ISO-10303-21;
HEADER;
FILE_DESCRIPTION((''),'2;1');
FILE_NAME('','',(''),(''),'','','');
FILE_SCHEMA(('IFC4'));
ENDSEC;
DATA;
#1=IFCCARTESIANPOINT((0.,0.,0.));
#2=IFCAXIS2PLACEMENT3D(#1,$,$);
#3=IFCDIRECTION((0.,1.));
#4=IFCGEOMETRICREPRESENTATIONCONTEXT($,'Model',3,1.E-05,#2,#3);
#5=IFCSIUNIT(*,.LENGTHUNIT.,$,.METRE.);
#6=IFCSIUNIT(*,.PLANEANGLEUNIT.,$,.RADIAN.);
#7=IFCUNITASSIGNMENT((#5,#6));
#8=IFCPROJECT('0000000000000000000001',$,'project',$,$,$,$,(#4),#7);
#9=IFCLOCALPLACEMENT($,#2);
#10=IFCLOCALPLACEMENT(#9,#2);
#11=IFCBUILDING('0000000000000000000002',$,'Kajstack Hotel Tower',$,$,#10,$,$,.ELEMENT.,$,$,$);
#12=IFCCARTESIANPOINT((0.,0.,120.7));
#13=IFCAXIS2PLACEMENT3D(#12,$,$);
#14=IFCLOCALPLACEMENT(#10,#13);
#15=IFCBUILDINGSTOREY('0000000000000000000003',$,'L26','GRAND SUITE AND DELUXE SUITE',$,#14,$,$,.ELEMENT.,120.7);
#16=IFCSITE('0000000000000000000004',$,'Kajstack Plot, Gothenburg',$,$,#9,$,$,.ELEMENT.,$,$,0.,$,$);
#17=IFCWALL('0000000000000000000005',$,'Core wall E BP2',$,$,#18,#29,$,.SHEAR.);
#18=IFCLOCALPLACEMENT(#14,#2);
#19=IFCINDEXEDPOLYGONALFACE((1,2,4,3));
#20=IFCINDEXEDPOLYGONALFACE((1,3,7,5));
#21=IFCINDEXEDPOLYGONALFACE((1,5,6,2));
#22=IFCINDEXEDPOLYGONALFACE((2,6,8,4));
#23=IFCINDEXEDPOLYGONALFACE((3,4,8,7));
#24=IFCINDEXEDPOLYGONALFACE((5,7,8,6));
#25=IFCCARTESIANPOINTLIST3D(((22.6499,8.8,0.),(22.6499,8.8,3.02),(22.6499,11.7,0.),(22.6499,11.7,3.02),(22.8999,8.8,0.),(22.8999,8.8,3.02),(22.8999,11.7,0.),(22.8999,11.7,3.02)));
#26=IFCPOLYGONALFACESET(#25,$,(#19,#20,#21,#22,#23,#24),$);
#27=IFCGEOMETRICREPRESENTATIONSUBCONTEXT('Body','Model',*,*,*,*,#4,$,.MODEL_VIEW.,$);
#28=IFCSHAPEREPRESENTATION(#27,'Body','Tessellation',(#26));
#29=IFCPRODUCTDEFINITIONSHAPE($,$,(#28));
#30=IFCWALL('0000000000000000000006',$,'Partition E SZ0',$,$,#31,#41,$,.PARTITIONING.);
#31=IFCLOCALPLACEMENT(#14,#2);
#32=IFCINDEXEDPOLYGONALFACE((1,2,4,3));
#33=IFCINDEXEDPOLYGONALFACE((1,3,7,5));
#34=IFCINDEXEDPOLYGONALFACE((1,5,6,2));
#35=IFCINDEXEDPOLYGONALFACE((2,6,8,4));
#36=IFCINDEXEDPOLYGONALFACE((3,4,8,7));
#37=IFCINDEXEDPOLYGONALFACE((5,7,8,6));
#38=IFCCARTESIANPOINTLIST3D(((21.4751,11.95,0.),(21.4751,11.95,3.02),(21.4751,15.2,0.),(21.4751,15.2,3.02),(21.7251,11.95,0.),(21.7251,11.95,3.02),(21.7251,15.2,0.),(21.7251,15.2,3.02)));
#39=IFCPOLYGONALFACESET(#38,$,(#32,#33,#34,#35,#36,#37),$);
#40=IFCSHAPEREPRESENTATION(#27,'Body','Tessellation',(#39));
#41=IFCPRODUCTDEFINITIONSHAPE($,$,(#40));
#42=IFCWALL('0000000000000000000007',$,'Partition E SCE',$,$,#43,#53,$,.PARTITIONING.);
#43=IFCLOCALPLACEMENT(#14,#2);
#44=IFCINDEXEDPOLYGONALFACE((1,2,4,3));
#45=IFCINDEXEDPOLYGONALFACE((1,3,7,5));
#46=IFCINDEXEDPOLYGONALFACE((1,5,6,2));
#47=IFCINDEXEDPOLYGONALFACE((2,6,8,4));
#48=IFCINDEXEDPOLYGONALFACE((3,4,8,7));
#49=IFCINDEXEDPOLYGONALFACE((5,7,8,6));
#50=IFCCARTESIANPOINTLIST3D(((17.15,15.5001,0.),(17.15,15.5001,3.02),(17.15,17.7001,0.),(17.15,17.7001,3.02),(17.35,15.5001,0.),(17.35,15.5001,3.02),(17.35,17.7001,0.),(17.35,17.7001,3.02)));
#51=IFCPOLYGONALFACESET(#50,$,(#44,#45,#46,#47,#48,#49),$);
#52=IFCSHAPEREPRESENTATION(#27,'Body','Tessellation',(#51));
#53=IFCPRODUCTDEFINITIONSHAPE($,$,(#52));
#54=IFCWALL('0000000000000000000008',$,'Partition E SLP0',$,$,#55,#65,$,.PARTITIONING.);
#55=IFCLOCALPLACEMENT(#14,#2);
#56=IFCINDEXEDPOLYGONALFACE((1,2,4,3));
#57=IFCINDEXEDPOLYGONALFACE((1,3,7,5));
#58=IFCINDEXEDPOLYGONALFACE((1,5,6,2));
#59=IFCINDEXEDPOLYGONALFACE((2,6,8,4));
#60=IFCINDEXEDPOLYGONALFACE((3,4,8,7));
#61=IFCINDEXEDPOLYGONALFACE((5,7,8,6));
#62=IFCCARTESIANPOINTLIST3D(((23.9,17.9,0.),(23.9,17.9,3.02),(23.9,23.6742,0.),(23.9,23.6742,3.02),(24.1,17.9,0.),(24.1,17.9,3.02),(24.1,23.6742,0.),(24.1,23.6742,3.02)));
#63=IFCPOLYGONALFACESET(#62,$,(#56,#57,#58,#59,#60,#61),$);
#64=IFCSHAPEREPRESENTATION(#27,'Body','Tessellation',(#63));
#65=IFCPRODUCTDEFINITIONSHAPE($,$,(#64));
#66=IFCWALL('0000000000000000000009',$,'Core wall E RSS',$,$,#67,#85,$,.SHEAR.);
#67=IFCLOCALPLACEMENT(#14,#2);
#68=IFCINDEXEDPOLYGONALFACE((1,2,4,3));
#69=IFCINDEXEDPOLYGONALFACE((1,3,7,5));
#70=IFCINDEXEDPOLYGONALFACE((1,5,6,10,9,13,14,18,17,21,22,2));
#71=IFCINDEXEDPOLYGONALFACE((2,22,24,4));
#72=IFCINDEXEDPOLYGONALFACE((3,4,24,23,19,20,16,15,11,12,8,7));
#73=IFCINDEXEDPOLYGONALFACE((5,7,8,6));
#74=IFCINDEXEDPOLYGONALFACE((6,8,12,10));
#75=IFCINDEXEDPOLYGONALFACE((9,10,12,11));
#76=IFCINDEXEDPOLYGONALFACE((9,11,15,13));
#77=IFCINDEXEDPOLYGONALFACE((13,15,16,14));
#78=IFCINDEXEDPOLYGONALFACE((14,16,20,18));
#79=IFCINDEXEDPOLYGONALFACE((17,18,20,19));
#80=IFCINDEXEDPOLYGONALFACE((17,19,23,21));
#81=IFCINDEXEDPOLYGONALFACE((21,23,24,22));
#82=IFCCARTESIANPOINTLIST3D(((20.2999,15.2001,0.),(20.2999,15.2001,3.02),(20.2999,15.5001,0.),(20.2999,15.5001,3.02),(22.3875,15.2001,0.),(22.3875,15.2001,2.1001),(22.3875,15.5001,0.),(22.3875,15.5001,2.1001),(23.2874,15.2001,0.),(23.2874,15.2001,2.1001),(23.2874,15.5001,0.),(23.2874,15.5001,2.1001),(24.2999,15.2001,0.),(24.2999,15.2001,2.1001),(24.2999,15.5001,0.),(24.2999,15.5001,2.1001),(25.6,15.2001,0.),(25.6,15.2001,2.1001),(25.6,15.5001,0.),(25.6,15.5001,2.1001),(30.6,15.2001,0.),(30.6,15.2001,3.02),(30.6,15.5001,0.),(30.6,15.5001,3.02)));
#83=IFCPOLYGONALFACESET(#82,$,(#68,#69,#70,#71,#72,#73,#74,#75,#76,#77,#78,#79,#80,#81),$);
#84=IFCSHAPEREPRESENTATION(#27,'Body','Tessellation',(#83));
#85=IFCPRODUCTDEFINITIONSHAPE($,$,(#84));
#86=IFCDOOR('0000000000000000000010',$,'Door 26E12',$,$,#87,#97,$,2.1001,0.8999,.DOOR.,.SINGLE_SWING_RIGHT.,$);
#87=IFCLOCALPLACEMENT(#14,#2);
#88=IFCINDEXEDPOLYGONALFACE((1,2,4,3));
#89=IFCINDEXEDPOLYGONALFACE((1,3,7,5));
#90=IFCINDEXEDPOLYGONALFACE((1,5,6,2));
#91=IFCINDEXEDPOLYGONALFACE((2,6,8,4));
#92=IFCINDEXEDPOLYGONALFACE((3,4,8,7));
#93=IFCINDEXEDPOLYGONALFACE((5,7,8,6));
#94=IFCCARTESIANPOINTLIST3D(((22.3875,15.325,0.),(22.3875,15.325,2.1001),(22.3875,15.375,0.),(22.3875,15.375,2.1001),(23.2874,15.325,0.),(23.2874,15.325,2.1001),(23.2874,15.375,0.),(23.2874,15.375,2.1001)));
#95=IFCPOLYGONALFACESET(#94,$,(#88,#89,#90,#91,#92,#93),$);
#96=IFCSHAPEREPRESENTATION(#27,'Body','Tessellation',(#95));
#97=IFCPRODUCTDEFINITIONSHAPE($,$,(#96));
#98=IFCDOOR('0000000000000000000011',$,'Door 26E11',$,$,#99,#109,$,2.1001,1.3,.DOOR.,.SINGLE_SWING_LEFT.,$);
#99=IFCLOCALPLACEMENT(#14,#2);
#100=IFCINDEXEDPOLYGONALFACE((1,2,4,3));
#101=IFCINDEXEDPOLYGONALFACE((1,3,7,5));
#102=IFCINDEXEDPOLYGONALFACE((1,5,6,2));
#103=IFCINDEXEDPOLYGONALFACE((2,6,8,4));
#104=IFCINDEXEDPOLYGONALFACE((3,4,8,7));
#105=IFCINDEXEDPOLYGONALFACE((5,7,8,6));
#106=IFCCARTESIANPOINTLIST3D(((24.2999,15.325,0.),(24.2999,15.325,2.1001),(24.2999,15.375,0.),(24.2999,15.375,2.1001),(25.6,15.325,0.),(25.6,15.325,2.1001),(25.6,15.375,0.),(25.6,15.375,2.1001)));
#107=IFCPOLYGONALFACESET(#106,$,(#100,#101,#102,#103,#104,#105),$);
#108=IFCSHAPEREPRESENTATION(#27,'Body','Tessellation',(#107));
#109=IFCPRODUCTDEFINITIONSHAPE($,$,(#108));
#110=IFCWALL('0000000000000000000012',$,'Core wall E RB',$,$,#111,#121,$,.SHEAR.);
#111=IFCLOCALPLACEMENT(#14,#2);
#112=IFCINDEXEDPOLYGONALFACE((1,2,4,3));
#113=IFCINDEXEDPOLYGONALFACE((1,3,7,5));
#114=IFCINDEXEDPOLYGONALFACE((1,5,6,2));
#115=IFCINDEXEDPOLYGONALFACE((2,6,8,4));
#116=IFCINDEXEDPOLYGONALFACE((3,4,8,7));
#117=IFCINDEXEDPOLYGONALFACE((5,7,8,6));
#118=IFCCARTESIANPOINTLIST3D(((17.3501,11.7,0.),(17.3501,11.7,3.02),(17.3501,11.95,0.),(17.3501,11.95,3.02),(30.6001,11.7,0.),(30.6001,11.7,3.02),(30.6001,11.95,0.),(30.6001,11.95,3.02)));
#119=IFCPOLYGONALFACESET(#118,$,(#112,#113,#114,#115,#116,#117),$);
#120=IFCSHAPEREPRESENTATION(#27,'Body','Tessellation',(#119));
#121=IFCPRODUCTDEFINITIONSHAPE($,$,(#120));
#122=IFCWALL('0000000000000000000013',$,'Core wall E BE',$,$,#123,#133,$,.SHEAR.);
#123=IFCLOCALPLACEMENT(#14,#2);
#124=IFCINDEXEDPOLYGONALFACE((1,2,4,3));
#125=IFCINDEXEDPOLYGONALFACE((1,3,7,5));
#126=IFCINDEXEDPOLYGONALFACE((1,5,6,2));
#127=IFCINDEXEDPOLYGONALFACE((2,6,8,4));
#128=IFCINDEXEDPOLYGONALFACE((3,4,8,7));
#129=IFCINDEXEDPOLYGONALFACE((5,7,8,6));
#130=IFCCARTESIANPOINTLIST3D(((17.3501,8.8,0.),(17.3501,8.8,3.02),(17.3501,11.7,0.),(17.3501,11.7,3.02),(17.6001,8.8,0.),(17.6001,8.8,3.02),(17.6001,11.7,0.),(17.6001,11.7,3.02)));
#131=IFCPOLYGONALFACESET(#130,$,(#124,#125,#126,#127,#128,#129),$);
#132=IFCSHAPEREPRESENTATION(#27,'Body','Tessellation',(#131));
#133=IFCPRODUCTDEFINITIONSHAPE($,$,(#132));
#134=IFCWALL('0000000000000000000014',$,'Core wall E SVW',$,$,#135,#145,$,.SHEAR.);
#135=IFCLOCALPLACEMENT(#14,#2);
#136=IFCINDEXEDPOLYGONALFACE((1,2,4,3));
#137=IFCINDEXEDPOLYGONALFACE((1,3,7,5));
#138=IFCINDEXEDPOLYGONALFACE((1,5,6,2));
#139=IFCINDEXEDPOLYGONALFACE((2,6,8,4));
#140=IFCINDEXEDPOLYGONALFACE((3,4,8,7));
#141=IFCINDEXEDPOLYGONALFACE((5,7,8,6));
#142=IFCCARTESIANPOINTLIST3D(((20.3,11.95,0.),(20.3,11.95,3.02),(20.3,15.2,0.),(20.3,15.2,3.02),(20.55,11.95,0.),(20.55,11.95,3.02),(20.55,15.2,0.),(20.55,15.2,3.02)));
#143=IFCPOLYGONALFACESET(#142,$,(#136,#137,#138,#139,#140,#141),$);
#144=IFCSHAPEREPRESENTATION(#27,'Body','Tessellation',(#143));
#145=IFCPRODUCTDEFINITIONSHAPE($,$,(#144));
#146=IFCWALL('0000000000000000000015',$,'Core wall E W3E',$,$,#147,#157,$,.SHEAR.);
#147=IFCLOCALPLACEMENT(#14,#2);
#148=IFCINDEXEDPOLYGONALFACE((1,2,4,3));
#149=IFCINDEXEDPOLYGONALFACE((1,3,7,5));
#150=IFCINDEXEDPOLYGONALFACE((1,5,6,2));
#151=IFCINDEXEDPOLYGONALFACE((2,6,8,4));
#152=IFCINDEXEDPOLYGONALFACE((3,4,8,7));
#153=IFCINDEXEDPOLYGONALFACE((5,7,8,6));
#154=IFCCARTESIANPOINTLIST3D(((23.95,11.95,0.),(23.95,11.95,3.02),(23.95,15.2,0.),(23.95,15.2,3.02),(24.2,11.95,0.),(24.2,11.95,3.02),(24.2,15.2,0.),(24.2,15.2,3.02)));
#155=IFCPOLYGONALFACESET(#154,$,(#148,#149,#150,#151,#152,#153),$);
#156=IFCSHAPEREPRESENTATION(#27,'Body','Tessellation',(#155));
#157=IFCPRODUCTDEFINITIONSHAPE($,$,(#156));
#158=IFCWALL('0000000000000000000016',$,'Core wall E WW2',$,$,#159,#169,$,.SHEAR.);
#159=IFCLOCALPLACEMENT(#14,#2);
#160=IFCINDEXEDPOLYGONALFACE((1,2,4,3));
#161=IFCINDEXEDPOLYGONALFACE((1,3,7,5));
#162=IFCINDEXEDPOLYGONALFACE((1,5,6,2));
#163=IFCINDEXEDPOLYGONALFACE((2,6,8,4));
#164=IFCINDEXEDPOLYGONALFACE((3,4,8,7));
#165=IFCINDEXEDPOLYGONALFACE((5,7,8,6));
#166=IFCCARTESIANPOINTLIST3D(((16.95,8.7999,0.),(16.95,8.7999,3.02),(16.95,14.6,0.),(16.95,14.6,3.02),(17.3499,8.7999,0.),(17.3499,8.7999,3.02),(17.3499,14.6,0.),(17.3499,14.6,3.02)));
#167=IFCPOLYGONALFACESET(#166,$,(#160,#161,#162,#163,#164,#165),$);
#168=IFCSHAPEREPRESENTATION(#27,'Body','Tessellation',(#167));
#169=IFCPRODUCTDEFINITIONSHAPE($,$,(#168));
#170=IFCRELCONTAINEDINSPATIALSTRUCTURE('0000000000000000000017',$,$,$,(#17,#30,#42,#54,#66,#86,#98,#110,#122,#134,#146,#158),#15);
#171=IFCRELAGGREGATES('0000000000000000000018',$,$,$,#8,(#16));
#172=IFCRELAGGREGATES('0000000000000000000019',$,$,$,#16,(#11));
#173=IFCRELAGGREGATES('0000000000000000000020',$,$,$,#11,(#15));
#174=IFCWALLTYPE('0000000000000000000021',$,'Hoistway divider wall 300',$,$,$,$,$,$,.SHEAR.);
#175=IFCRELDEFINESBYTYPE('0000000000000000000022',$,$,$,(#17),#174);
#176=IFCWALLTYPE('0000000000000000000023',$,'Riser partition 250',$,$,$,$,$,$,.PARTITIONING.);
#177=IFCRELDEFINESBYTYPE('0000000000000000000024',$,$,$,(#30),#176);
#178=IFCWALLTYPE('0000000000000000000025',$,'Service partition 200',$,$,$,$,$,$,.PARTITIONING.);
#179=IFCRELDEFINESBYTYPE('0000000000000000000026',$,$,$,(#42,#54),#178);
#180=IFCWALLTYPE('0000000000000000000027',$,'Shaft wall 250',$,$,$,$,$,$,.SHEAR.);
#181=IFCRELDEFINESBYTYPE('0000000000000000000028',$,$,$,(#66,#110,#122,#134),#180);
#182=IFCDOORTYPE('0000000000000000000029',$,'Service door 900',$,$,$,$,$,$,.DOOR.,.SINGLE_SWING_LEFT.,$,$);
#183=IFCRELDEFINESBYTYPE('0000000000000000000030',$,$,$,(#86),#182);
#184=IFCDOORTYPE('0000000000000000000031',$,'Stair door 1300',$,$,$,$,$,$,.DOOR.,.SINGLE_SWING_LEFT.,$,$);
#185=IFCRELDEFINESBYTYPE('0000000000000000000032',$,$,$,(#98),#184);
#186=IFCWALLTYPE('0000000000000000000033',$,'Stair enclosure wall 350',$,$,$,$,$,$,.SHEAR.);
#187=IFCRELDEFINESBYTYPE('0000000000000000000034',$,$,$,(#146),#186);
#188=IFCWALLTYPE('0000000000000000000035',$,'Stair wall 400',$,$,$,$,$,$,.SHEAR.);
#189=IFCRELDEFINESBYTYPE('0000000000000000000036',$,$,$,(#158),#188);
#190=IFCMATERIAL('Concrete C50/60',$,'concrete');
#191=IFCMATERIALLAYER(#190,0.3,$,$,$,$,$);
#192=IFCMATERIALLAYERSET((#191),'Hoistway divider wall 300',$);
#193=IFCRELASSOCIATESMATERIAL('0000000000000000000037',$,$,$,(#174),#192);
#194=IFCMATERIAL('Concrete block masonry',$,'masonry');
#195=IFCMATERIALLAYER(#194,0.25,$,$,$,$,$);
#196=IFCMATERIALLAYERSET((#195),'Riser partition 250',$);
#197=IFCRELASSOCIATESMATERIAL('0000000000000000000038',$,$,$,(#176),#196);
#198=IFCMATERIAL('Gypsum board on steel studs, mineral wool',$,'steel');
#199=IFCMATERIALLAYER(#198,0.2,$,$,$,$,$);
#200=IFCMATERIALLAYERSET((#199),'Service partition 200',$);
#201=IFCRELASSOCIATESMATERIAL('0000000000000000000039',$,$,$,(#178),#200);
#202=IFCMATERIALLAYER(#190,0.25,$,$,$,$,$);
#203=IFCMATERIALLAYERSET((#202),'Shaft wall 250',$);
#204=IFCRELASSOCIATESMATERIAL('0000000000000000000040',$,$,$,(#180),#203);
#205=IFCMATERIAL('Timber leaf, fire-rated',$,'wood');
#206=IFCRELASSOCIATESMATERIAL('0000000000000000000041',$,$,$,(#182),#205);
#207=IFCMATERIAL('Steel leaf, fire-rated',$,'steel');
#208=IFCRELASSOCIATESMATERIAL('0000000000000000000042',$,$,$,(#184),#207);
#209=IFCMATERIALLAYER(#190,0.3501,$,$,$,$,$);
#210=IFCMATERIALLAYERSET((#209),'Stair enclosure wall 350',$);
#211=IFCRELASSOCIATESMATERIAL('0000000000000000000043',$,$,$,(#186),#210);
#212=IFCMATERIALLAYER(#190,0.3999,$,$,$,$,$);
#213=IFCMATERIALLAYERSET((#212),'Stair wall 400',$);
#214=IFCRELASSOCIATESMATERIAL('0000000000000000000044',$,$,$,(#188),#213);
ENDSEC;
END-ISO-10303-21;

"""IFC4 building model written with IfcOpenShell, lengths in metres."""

from ifc_helpers import new_model, si_unit, direction, frame, frame_2d, origin, place, context, subcontext, project, spatial, rectangle, extrude, material, layer, layer_set, type_object, element, fill, save


model = new_model("IFC4")

# Units and contexts
model_context = context("Model", 3, precision=1e-05, world=origin(), true_north=direction((0.0, 1.0)))
body_context = subcontext(model_context, "Body", "Model", "MODEL_VIEW")
ifc_project = project(units=[si_unit("LENGTHUNIT", "METRE"), si_unit("PLANEANGLEUNIT", "RADIAN")], contexts=[model_context])

# Site, building, storey
site_placement = place(None, origin())
site = spatial("IfcSite", under=ifc_project, at=site_placement, Name="Kajstack Plot, Gothenburg", CompositionType="ELEMENT", RefElevation=0.0)
building_placement = place(site_placement, origin())
building = spatial("IfcBuilding", under=site, at=building_placement, Name="Kajstack Hotel Tower", CompositionType="ELEMENT")
storey_placement = place(building_placement, frame((0.0, 0.0, 120.7)))
storey = spatial("IfcBuildingStorey", under=building, at=storey_placement, Name="L26", Description="GRAND SUITE AND DELUXE SUITE", CompositionType="ELEMENT", Elevation=120.7)

# Walls
ifc_material_1 = material(Name="Concrete C50/60", Category="concrete")
ifc_layer_1 = layer(ifc_material_1, 0.3)
ifc_layer_set_1 = layer_set([ifc_layer_1], Name="Hoistway divider wall 300")
wall_type_1 = type_object("IfcWallType", Name="Hoistway divider wall 300", PredefinedType="SHEAR", material=ifc_layer_set_1)
wall_1_placement = place(storey_placement, frame((22.7749, 8.8, 0.0), z_axis=(0.0, 0.0, 1.0), x_axis=(0.0, 1.0, 0.0)))
element("IfcWall", 1, at=wall_1_placement, inside=storey, type_object=wall_type_1, Name="Core wall E BP2", PredefinedType="SHEAR", context=body_context, shape_type="SweptSolid", body=[
    extrude(rectangle(XDim=2.8999, YDim=0.25, at=frame_2d((1.45, 0.0))), origin(), (0.0, 0.0, 1.0), 3.02),
])
ifc_material_2 = material(Name="Concrete block masonry", Category="masonry")
ifc_layer_2 = layer(ifc_material_2, 0.25)
ifc_layer_set_2 = layer_set([ifc_layer_2], Name="Riser partition 250")
wall_type_2 = type_object("IfcWallType", Name="Riser partition 250", PredefinedType="PARTITIONING", material=ifc_layer_set_2)
wall_2_placement = place(storey_placement, frame((21.6001, 11.95, 0.0), z_axis=(0.0, 0.0, 1.0), x_axis=(0.0, 1.0, 0.0)))
element("IfcWall", 2, at=wall_2_placement, inside=storey, type_object=wall_type_2, Name="Partition E SZ0", PredefinedType="PARTITIONING", context=body_context, shape_type="SweptSolid", body=[
    extrude(rectangle(XDim=3.25, YDim=0.25, at=frame_2d((1.625, 0.0))), origin(), (0.0, 0.0, 1.0), 3.02),
])
ifc_material_3 = material(Name="Gypsum board on steel studs, mineral wool", Category="steel")
ifc_layer_3 = layer(ifc_material_3, 0.2)
ifc_layer_set_3 = layer_set([ifc_layer_3], Name="Service partition 200")
wall_type_3 = type_object("IfcWallType", Name="Service partition 200", PredefinedType="PARTITIONING", material=ifc_layer_set_3)
wall_3_placement = place(storey_placement, frame((17.25, 15.5, 0.0), z_axis=(0.0, 0.0, 1.0), x_axis=(0.0, 1.0, 0.0)))
element("IfcWall", 3, at=wall_3_placement, inside=storey, type_object=wall_type_3, Name="Partition E SCE", PredefinedType="PARTITIONING", context=body_context, shape_type="SweptSolid", body=[
    extrude(rectangle(XDim=2.2, YDim=0.2, at=frame_2d((1.1001, 0.0))), origin(), (0.0, 0.0, 1.0), 3.02),
])
wall_4_placement = place(storey_placement, frame((24.0, 17.8999, 0.0), z_axis=(0.0, 0.0, 1.0), x_axis=(0.0, 1.0, 0.0)))
element("IfcWall", 4, at=wall_4_placement, inside=storey, type_object=wall_type_3, Name="Partition E SLP0", PredefinedType="PARTITIONING", context=body_context, shape_type="SweptSolid", body=[
    extrude(rectangle(XDim=5.7742, YDim=0.2, at=frame_2d((2.8872, 0.0))), origin(), (0.0, 0.0, 1.0), 3.02),
])

# Wall, openings, doors
ifc_layer_4 = layer(ifc_material_1, 0.25)
ifc_layer_set_4 = layer_set([ifc_layer_4], Name="Shaft wall 250")
wall_type_4 = type_object("IfcWallType", Name="Shaft wall 250", PredefinedType="SHEAR", material=ifc_layer_set_4)
wall_5_placement = place(storey_placement, frame((20.3, 15.3501, 0.0), z_axis=(0.0, 0.0, 1.0), x_axis=(1.0, 0.0, 0.0)))
wall_5 = element("IfcWall", 5, at=wall_5_placement, inside=storey, type_object=wall_type_4, Name="Core wall E RSS", PredefinedType="SHEAR", context=body_context, shape_type="SweptSolid", body=[
    extrude(rectangle(XDim=10.3, YDim=0.3, at=frame_2d((5.1499, 0.0))), origin(), (0.0, 0.0, 1.0), 3.02),
])
opening_1_placement = place(wall_5_placement, frame((4.0, 0.0, 0.0)))
opening_1 = element("IfcOpeningElement", 6, at=opening_1_placement, cuts=wall_5, PredefinedType="OPENING", context=body_context, shape_type="SweptSolid", body=[
    extrude(rectangle(XDim=1.3, YDim=2.1001, at=frame_2d((0.6499, 1.05))), frame((0.0, 0.1599, 0.0), z_axis=(0.0, -1.0, 0.0), x_axis=(1.0, 0.0, 0.0)), (0.0, 0.0, 1.0), 0.3201),
])
opening_2_placement = place(wall_5_placement, frame((2.0874, 0.0, 0.0)))
opening_2 = element("IfcOpeningElement", 7, at=opening_2_placement, cuts=wall_5, PredefinedType="OPENING", context=body_context, shape_type="SweptSolid", body=[
    extrude(rectangle(XDim=0.8999, YDim=2.1001, at=frame_2d((0.45, 1.05))), frame((0.0, 0.1599, 0.0), z_axis=(0.0, -1.0, 0.0), x_axis=(1.0, 0.0, 0.0)), (0.0, 0.0, 1.0), 0.3201),
])
ifc_material_4 = material(Name="Timber leaf, fire-rated", Category="wood")
door_type_1 = type_object("IfcDoorType", Name="Service door 900", OperationType="SINGLE_SWING_LEFT", PredefinedType="DOOR", material=ifc_material_4)
door_1_placement = place(opening_2_placement, origin())
door_1 = element("IfcDoor", 8, at=door_1_placement, inside=storey, type_object=door_type_1, Name="Door 26E12", OperationType="SINGLE_SWING_RIGHT", OverallHeight=2.1001, OverallWidth=0.8999, PredefinedType="DOOR", context=body_context, shape_type="SweptSolid", body=[
    extrude(rectangle(XDim=0.8999, YDim=2.1001, at=frame_2d((0.45, 1.05))), frame((0.0, 0.0249, 0.0), z_axis=(0.0, -1.0, 0.0), x_axis=(1.0, 0.0, 0.0)), (0.0, 0.0, 1.0), 0.05),
])
fill(opening_2, door_1)
ifc_material_5 = material(Name="Steel leaf, fire-rated", Category="steel")
door_type_2 = type_object("IfcDoorType", Name="Stair door 1300", OperationType="SINGLE_SWING_LEFT", PredefinedType="DOOR", material=ifc_material_5)
door_2_placement = place(opening_1_placement, origin())
door_2 = element("IfcDoor", 9, at=door_2_placement, inside=storey, type_object=door_type_2, Name="Door 26E11", OperationType="SINGLE_SWING_LEFT", OverallHeight=2.1001, OverallWidth=1.3, PredefinedType="DOOR", context=body_context, shape_type="SweptSolid", body=[
    extrude(rectangle(XDim=1.3, YDim=2.1001, at=frame_2d((0.6499, 1.05))), frame((0.0, 0.0249, 0.0), z_axis=(0.0, -1.0, 0.0), x_axis=(1.0, 0.0, 0.0)), (0.0, 0.0, 1.0), 0.05),
])
fill(opening_1, door_2)

# Walls
wall_6_placement = place(storey_placement, frame((17.3501, 11.825, 0.0), z_axis=(0.0, 0.0, 1.0), x_axis=(1.0, 0.0, 0.0)))
element("IfcWall", 10, at=wall_6_placement, inside=storey, type_object=wall_type_4, Name="Core wall E RB", PredefinedType="SHEAR", context=body_context, shape_type="SweptSolid", body=[
    extrude(rectangle(XDim=13.25, YDim=0.25, at=frame_2d((6.625, 0.0))), origin(), (0.0, 0.0, 1.0), 3.02),
])
wall_7_placement = place(storey_placement, frame((17.4751, 8.8, 0.0), z_axis=(0.0, 0.0, 1.0), x_axis=(0.0, 1.0, 0.0)))
element("IfcWall", 11, at=wall_7_placement, inside=storey, type_object=wall_type_4, Name="Core wall E BE", PredefinedType="SHEAR", context=body_context, shape_type="SweptSolid", body=[
    extrude(rectangle(XDim=2.8999, YDim=0.25, at=frame_2d((1.45, 0.0))), origin(), (0.0, 0.0, 1.0), 3.02),
])
wall_8_placement = place(storey_placement, frame((20.425, 11.95, 0.0), z_axis=(0.0, 0.0, 1.0), x_axis=(0.0, 1.0, 0.0)))
element("IfcWall", 12, at=wall_8_placement, inside=storey, type_object=wall_type_4, Name="Core wall E SVW", PredefinedType="SHEAR", context=body_context, shape_type="SweptSolid", body=[
    extrude(rectangle(XDim=3.25, YDim=0.25, at=frame_2d((1.625, 0.0))), origin(), (0.0, 0.0, 1.0), 3.02),
])
ifc_layer_5 = layer(ifc_material_1, 0.3501)
ifc_layer_set_5 = layer_set([ifc_layer_5], Name="Stair enclosure wall 350")
wall_type_5 = type_object("IfcWallType", Name="Stair enclosure wall 350", PredefinedType="SHEAR", material=ifc_layer_set_5)
wall_9_placement = place(storey_placement, frame((24.075, 11.95, 0.0), z_axis=(0.0, 0.0, 1.0), x_axis=(0.0, 1.0, 0.0)))
element("IfcWall", 13, at=wall_9_placement, inside=storey, type_object=wall_type_5, Name="Core wall E W3E", PredefinedType="SHEAR", context=body_context, shape_type="SweptSolid", body=[
    extrude(rectangle(XDim=3.25, YDim=0.25, at=frame_2d((1.625, 0.0))), origin(), (0.0, 0.0, 1.0), 3.02),
])
ifc_layer_6 = layer(ifc_material_1, 0.3999)
ifc_layer_set_6 = layer_set([ifc_layer_6], Name="Stair wall 400")
wall_type_6 = type_object("IfcWallType", Name="Stair wall 400", PredefinedType="SHEAR", material=ifc_layer_set_6)
wall_10_placement = place(storey_placement, frame((17.1499, 8.8, 0.0), z_axis=(0.0, 0.0, 1.0), x_axis=(0.0, 1.0, 0.0)))
element("IfcWall", 14, at=wall_10_placement, inside=storey, type_object=wall_type_6, Name="Core wall E WW2", PredefinedType="SHEAR", context=body_context, shape_type="SweptSolid", body=[
    extrude(rectangle(XDim=5.8, YDim=0.3999, at=frame_2d((2.8999, 0.0))), origin(), (0.0, 0.0, 1.0), 3.02),
])

save(model, "model.ifc")
